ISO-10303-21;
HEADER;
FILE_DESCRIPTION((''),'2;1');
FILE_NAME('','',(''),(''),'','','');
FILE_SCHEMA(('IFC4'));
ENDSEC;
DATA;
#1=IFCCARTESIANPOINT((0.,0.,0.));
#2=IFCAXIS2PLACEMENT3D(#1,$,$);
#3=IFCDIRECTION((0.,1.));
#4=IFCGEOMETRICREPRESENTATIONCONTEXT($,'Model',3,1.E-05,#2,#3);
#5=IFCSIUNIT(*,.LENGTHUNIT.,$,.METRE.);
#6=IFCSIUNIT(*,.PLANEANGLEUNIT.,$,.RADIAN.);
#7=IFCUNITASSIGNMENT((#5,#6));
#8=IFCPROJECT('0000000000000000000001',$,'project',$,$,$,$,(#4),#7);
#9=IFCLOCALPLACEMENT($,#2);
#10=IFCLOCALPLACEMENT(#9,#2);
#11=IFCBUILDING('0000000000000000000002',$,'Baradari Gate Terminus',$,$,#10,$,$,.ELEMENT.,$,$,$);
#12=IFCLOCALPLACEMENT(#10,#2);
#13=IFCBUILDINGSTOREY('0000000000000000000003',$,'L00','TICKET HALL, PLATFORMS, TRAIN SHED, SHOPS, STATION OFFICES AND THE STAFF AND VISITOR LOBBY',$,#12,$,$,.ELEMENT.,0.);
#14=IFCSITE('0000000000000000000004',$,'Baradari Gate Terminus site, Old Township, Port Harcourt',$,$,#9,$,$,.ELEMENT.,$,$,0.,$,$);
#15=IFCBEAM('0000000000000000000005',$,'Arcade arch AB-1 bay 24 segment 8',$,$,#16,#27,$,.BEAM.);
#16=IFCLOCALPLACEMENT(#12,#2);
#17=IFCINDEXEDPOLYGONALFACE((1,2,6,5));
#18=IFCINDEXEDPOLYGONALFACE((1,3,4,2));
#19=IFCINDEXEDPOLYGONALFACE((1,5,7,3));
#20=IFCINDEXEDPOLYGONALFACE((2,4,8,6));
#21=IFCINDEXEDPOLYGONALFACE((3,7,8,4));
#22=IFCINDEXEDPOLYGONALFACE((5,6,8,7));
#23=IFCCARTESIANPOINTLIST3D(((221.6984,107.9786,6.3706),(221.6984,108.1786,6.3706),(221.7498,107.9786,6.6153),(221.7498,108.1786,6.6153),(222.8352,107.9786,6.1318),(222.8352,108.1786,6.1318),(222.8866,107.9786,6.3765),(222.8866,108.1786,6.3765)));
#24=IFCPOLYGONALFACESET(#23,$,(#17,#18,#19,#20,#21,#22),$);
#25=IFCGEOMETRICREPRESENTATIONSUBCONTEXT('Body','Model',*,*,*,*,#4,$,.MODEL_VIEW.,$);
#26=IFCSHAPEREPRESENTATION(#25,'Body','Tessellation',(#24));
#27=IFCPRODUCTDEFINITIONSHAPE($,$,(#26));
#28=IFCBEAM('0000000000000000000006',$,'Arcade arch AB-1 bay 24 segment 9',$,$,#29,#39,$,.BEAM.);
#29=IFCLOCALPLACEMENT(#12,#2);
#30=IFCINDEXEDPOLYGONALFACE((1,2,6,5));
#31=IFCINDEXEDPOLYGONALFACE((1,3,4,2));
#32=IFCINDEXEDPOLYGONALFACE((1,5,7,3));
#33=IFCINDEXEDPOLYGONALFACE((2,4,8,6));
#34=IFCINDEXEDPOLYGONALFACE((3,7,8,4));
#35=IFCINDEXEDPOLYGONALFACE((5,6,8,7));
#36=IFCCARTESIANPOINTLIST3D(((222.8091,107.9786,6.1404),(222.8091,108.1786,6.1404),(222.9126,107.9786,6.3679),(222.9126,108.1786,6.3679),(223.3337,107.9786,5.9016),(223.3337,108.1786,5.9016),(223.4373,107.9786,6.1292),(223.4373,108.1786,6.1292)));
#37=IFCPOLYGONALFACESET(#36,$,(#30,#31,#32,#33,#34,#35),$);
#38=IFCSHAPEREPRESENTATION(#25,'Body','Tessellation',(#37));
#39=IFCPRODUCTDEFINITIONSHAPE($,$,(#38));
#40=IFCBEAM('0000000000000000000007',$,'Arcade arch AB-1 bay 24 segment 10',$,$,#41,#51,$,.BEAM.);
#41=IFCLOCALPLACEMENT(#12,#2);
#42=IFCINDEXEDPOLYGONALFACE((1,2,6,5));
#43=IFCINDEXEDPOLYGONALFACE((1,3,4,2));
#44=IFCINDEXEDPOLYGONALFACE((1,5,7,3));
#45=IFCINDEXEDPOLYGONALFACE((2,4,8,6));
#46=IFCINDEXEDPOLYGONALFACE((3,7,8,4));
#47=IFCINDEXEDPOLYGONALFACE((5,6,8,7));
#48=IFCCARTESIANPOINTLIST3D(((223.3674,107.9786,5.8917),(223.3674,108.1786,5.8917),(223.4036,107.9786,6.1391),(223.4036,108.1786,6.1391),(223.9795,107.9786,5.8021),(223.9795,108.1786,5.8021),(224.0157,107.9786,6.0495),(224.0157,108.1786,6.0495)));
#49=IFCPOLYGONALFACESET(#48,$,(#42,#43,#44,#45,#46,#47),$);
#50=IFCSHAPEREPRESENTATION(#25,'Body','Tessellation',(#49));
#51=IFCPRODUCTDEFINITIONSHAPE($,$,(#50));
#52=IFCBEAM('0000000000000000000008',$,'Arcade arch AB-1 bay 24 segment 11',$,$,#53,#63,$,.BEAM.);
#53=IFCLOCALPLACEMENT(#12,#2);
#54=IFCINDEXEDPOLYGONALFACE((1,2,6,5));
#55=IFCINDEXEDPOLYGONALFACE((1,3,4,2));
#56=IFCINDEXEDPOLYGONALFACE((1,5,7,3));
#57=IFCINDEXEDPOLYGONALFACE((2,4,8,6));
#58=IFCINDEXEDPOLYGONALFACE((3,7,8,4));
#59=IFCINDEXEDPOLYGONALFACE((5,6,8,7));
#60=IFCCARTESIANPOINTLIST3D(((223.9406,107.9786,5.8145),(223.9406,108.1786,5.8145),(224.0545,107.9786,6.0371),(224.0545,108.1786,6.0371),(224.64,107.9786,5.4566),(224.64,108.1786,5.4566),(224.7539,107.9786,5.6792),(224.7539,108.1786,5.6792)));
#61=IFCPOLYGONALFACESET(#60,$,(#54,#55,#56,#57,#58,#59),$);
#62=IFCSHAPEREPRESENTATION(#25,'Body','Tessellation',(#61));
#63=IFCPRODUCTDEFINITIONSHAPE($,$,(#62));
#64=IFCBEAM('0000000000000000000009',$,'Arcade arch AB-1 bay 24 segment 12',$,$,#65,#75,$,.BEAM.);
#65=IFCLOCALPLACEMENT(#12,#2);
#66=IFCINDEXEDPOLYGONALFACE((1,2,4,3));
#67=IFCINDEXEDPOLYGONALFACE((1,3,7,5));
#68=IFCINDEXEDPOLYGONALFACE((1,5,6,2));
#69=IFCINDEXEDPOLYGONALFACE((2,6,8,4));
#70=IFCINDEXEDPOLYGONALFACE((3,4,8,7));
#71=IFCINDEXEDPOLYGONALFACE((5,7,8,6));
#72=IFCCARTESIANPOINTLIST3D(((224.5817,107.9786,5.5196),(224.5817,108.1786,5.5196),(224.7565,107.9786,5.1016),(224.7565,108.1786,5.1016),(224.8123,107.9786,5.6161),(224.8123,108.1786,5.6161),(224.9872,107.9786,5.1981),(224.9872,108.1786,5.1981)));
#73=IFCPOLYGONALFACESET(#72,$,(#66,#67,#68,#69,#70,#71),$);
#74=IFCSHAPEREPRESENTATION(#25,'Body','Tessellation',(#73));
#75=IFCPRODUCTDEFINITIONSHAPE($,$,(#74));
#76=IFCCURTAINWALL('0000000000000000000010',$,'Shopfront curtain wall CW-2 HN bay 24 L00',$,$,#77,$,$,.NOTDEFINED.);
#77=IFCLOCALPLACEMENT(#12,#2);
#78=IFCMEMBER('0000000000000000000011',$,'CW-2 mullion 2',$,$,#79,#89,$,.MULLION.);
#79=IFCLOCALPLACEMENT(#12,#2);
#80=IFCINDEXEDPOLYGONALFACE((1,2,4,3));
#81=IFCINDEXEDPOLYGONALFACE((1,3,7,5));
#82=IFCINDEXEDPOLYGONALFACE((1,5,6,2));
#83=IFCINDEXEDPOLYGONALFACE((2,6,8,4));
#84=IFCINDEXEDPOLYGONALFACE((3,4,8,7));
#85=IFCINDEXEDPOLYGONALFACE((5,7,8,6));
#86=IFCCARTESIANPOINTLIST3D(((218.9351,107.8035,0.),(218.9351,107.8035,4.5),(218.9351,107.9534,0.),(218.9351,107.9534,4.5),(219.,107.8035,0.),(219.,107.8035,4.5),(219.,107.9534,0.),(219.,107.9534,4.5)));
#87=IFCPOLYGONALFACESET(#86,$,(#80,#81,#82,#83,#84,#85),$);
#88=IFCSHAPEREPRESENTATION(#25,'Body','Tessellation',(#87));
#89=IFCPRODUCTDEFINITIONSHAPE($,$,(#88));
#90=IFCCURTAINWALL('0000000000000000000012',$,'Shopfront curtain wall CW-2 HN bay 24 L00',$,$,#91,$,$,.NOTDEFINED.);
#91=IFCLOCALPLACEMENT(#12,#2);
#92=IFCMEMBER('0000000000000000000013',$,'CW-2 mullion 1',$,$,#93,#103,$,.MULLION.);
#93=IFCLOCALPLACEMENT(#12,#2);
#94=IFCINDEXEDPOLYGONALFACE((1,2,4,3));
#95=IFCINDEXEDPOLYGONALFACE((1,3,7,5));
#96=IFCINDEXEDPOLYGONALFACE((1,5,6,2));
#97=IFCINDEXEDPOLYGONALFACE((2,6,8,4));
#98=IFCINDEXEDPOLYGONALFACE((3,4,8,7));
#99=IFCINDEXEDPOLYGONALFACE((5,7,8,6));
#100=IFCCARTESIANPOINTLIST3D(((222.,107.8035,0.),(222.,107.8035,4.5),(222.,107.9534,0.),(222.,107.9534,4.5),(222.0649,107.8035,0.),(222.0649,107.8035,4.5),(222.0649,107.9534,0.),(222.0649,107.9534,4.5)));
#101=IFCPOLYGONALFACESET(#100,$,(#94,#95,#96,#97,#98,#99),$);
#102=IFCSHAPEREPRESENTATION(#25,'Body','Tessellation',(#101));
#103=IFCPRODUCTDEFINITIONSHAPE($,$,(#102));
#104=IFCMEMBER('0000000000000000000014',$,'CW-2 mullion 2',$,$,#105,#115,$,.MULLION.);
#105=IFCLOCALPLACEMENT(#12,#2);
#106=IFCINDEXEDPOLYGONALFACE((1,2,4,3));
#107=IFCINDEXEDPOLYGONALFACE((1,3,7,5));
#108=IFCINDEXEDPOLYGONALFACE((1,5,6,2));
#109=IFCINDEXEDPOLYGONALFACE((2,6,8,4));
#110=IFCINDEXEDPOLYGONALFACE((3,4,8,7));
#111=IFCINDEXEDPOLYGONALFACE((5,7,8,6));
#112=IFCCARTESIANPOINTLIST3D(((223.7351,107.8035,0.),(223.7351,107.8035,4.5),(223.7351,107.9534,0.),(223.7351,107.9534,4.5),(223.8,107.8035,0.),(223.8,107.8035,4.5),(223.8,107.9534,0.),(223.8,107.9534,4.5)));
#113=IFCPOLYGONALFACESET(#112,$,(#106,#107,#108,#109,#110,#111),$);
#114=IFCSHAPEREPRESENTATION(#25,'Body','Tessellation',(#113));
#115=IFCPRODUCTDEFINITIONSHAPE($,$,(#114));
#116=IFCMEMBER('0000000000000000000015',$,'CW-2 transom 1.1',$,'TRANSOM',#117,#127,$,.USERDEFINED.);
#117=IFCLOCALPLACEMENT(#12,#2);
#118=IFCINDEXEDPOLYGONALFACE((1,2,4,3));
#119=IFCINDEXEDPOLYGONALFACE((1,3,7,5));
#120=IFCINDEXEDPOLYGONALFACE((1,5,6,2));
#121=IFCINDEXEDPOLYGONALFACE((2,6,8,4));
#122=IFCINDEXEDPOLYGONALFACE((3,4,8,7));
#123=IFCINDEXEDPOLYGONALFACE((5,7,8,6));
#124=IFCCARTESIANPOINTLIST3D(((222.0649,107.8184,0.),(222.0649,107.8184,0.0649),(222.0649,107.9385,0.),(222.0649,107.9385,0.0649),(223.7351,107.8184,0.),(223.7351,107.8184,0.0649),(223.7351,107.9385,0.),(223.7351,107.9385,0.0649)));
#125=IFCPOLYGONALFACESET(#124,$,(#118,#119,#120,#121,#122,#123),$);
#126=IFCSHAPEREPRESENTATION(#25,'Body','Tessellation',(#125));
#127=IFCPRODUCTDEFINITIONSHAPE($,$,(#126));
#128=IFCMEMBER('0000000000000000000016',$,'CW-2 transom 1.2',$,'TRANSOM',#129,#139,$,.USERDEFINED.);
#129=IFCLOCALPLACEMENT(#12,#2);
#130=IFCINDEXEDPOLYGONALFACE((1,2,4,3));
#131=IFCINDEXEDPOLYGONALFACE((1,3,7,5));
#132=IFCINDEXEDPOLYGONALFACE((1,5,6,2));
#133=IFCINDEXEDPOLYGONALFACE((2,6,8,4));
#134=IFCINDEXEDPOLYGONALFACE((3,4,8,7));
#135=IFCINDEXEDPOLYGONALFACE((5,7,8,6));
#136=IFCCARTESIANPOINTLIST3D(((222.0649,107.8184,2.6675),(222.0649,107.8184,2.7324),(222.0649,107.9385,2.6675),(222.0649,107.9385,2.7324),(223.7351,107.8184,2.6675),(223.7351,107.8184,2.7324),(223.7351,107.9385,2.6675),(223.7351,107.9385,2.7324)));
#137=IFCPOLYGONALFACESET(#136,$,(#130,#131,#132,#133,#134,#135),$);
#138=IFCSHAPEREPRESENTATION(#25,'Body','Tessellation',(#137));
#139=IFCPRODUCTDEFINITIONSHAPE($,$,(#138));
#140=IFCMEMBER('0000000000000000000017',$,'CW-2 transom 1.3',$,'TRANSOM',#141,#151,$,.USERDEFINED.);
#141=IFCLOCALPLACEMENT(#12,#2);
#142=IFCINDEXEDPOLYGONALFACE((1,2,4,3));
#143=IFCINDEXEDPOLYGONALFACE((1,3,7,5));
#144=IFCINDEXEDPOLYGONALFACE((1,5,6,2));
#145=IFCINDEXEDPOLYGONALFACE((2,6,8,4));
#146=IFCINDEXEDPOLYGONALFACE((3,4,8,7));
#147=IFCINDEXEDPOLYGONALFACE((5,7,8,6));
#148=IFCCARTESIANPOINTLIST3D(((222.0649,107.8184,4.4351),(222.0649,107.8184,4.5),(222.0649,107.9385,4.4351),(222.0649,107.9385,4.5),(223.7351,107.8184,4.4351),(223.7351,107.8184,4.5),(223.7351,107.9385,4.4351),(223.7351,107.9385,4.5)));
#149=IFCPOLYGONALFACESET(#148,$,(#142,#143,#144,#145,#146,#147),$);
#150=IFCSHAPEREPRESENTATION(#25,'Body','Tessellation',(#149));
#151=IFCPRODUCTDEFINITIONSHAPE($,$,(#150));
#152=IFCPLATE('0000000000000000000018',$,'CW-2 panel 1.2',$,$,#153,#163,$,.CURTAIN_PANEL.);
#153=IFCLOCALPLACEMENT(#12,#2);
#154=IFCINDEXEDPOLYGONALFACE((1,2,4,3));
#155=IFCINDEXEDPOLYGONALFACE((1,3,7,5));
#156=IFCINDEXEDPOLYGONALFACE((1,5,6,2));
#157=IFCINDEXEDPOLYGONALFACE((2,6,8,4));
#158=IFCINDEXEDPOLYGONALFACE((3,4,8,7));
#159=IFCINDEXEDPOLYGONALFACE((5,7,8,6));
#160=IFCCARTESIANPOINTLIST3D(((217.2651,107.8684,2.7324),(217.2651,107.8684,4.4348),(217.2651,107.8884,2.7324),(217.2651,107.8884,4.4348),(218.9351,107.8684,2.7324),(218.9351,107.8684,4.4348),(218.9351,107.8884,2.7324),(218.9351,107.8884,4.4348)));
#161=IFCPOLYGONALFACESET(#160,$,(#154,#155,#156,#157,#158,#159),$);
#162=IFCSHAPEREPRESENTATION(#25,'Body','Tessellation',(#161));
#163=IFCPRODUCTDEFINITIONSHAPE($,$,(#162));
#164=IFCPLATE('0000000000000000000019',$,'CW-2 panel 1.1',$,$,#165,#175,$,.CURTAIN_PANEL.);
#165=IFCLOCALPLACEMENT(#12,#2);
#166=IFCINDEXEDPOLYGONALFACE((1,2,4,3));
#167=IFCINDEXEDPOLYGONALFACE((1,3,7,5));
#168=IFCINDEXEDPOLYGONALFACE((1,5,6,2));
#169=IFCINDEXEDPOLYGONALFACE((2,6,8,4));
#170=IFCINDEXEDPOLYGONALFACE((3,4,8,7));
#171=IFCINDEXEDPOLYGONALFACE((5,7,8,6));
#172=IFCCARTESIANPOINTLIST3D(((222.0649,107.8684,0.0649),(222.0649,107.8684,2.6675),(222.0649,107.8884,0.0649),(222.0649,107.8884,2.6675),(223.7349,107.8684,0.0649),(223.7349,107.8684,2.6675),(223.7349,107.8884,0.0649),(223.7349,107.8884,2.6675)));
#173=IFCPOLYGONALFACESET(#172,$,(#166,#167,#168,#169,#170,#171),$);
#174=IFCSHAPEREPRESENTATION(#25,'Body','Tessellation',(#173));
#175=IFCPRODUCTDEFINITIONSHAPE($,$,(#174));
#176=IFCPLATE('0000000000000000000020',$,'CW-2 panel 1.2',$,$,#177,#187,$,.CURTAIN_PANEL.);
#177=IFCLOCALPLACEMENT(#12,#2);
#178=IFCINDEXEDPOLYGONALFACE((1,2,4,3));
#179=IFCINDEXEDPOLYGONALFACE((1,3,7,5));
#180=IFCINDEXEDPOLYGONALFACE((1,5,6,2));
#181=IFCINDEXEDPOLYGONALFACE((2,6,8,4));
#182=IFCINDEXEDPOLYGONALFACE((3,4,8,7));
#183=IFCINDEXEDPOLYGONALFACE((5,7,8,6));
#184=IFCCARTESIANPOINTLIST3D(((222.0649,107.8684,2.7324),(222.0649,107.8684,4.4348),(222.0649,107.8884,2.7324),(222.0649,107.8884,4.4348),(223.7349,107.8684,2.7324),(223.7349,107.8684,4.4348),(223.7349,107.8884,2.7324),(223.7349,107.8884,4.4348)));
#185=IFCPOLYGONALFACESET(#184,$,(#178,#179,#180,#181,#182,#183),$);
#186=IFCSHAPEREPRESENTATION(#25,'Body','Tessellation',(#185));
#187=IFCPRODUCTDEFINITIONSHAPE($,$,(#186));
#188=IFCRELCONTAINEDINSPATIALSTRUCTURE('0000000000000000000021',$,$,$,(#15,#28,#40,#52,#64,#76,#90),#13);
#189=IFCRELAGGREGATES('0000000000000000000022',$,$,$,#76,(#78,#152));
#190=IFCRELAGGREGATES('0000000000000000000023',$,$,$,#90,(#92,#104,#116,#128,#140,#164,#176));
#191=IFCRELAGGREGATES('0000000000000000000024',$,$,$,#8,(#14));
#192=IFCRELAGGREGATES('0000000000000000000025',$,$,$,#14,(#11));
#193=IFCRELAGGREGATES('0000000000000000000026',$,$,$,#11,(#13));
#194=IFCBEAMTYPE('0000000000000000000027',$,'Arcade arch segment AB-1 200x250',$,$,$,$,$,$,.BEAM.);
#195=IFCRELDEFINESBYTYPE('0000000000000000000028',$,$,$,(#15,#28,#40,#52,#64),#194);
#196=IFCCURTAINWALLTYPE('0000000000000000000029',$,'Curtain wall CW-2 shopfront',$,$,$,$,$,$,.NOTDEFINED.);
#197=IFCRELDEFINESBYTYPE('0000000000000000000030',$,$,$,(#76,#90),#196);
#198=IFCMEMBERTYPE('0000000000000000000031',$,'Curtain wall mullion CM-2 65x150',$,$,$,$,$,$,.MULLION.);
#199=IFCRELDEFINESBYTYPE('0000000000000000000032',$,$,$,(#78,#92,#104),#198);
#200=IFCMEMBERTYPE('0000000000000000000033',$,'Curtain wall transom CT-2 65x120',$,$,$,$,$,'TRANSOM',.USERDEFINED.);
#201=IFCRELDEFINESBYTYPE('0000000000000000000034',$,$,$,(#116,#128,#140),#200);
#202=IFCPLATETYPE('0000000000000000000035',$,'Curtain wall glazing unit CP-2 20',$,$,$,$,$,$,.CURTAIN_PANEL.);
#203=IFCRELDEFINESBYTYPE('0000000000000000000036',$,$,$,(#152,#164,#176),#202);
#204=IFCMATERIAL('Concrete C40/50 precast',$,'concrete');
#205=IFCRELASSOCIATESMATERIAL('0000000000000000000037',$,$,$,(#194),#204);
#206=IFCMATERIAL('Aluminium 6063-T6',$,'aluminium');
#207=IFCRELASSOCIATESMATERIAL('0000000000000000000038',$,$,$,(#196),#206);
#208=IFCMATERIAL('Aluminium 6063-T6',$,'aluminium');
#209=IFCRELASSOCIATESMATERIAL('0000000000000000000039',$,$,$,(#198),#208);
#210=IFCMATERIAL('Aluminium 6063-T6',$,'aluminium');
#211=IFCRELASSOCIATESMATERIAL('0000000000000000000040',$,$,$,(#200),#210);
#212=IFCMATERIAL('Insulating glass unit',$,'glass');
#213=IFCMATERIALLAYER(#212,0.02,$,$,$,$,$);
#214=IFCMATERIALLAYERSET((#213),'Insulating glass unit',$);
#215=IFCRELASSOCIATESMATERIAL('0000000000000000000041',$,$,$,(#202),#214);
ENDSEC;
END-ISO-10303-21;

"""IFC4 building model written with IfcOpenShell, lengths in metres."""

from ifc_helpers import new_model, si_unit, direction, frame, origin, origin_2d, place, context, subcontext, project, spatial, rectangle, extrude, material, layer, layer_set, material_profile, profile_set, type_object, element, aggregate, save


model = new_model("IFC4")

# Units and contexts
model_context = context("Model", 3, precision=1e-05, world=origin(), true_north=direction((0.0, 1.0)))
body_context = subcontext(model_context, "Body", "Model", "MODEL_VIEW")
ifc_project = project(units=[si_unit("LENGTHUNIT", "METRE"), si_unit("PLANEANGLEUNIT", "RADIAN")], contexts=[model_context])

# Site, building, storey
site_placement = place(None, origin())
site = spatial("IfcSite", under=ifc_project, at=site_placement, Name="Baradari Gate Terminus site, Old Township, Port Harcourt", CompositionType="ELEMENT", RefElevation=0.0)
building_placement = place(site_placement, origin())
building = spatial("IfcBuilding", under=site, at=building_placement, Name="Baradari Gate Terminus", CompositionType="ELEMENT")
storey_placement = place(building_placement, origin())
storey = spatial("IfcBuildingStorey", under=building, at=storey_placement, Name="L00", Description="TICKET HALL, PLATFORMS, TRAIN SHED, SHOPS, STATION OFFICES AND THE STAFF AND VISITOR LOBBY", CompositionType="ELEMENT", Elevation=0.0)

# Beams
ifc_material_1 = material(Name="Concrete C40/50 precast", Category="concrete")
ifc_material_profile_1 = material_profile(ifc_material_1, rectangle(XDim=0.2, YDim=0.25, at=origin_2d()), Name="AB-1 200X250")
ifc_profile_set_1 = profile_set([ifc_material_profile_1], Name="Concrete C40/50 precast")
beam_type = type_object("IfcBeamType", Name="Arcade arch segment AB-1 200x250", PredefinedType="BEAM", material=ifc_profile_set_1)
beam_1_placement = place(storey_placement, frame((221.7241, 108.0786, 6.4929), z_axis=(0.978643, 0.0, -0.205566), x_axis=(0.0, 1.0, 0.0)))
element("IfcBeam", 1, at=beam_1_placement, inside=storey, type_object=beam_type, Name="Arcade arch AB-1 bay 24 segment 8", PredefinedType="BEAM", context=body_context, shape_type="SweptSolid", body=[
    extrude(rectangle(XDim=0.2, YDim=0.25, at=origin_2d()), origin(), (0.0, 0.0, 1.0), 1.1616),
])
beam_2_placement = place(storey_placement, frame((222.8608, 108.0786, 6.2542), z_axis=(0.910178, 0.0, -0.414218), x_axis=(0.0, 1.0, 0.0)))
element("IfcBeam", 2, at=beam_2_placement, inside=storey, type_object=beam_type, Name="Arcade arch AB-1 bay 24 segment 9", PredefinedType="BEAM", context=body_context, shape_type="SweptSolid", body=[
    extrude(rectangle(XDim=0.2, YDim=0.25, at=origin_2d()), origin(), (0.0, 0.0, 1.0), 0.5764),
])
beam_3_placement = place(storey_placement, frame((223.3855, 108.0786, 6.0154), z_axis=(0.989454, 0.0, -0.144846), x_axis=(0.0, 1.0, 0.0)))
element("IfcBeam", 3, at=beam_3_placement, inside=storey, type_object=beam_type, Name="Arcade arch AB-1 bay 24 segment 10", PredefinedType="BEAM", context=body_context, shape_type="SweptSolid", body=[
    extrude(rectangle(XDim=0.2, YDim=0.25, at=origin_2d()), origin(), (0.0, 0.0, 1.0), 0.6187),
])
beam_4_placement = place(storey_placement, frame((223.9976, 108.0786, 5.9258), z_axis=(0.890225, 0.0, -0.455522), x_axis=(0.0, 1.0, 0.0)))
element("IfcBeam", 4, at=beam_4_placement, inside=storey, type_object=beam_type, Name="Arcade arch AB-1 bay 24 segment 11", PredefinedType="BEAM", context=body_context, shape_type="SweptSolid", body=[
    extrude(rectangle(XDim=0.2, YDim=0.25, at=origin_2d()), origin(), (0.0, 0.0, 1.0), 0.7856),
])
beam_5_placement = place(storey_placement, frame((224.697, 108.0786, 5.5679), z_axis=(0.385839, 0.0, -0.922566), x_axis=(0.0, 1.0, 0.0)))
element("IfcBeam", 5, at=beam_5_placement, inside=storey, type_object=beam_type, Name="Arcade arch AB-1 bay 24 segment 12", PredefinedType="BEAM", context=body_context, shape_type="SweptSolid", body=[
    extrude(rectangle(XDim=0.2, YDim=0.25, at=origin_2d()), origin(), (0.0, 0.0, 1.0), 0.4531),
])

# Curtain wall, member
ifc_material_2 = material(Name="Aluminium 6063-T6", Category="aluminium")
curtain_wall_type = type_object("IfcCurtainWallType", Name="Curtain wall CW-2 shopfront", PredefinedType="NOTDEFINED", material=ifc_material_2)
curtain_wall_1_placement = place(storey_placement, origin())
curtain_wall_1 = element("IfcCurtainWall", 6, at=curtain_wall_1_placement, inside=storey, type_object=curtain_wall_type, Name="Shopfront curtain wall CW-2 HN bay 24 L00", PredefinedType="NOTDEFINED")
ifc_material_3 = material(Name="Aluminium 6063-T6", Category="aluminium")
ifc_material_profile_2 = material_profile(ifc_material_3, rectangle(XDim=0.1499, YDim=0.0649, at=origin_2d()), Name="CM-2 65X150")
ifc_profile_set_2 = profile_set([ifc_material_profile_2], Name="Aluminium 6063-T6")
member_type_1 = type_object("IfcMemberType", Name="Curtain wall mullion CM-2 65x150", PredefinedType="MULLION", material=ifc_profile_set_2)
member_1_placement = place(storey_placement, frame((218.9675, 107.8784, 0.0), z_axis=(0.0, 0.0, 1.0), x_axis=(0.0, 1.0, 0.0)))
member_1 = element("IfcMember", 7, at=member_1_placement, type_object=member_type_1, Name="CW-2 mullion 2", PredefinedType="MULLION", context=body_context, shape_type="SweptSolid", body=[
    extrude(rectangle(XDim=0.1499, YDim=0.0649, at=origin_2d()), origin(), (0.0, 0.0, 1.0), 4.5),
])

# Curtain wall, members
curtain_wall_2_placement = place(storey_placement, origin())
curtain_wall_2 = element("IfcCurtainWall", 8, at=curtain_wall_2_placement, inside=storey, type_object=curtain_wall_type, Name="Shopfront curtain wall CW-2 HN bay 24 L00", PredefinedType="NOTDEFINED")
member_2_placement = place(storey_placement, frame((222.0325, 107.8784, 0.0), z_axis=(0.0, 0.0, 1.0), x_axis=(0.0, 1.0, 0.0)))
member_2 = element("IfcMember", 9, at=member_2_placement, type_object=member_type_1, Name="CW-2 mullion 1", PredefinedType="MULLION", context=body_context, shape_type="SweptSolid", body=[
    extrude(rectangle(XDim=0.1499, YDim=0.0649, at=origin_2d()), origin(), (0.0, 0.0, 1.0), 4.5),
])
member_3_placement = place(storey_placement, frame((223.7676, 107.8784, 0.0), z_axis=(0.0, 0.0, 1.0), x_axis=(0.0, 1.0, 0.0)))
member_3 = element("IfcMember", 10, at=member_3_placement, type_object=member_type_1, Name="CW-2 mullion 2", PredefinedType="MULLION", context=body_context, shape_type="SweptSolid", body=[
    extrude(rectangle(XDim=0.1499, YDim=0.0649, at=origin_2d()), origin(), (0.0, 0.0, 1.0), 4.5),
])
ifc_material_4 = material(Name="Aluminium 6063-T6", Category="aluminium")
ifc_material_profile_3 = material_profile(ifc_material_4, rectangle(XDim=0.1201, YDim=0.0649, at=origin_2d()), Name="CT-2 65X120")
ifc_profile_set_3 = profile_set([ifc_material_profile_3], Name="Aluminium 6063-T6")
member_type_2 = type_object("IfcMemberType", Name="Curtain wall transom CT-2 65x120", ElementType="TRANSOM", PredefinedType="USERDEFINED", material=ifc_profile_set_3)
member_4_placement = place(storey_placement, frame((222.0649, 107.8784, 0.0325), z_axis=(1.0, 0.0, 0.0), x_axis=(0.0, 1.0, 0.0)))
member_4 = element("IfcMember", 11, at=member_4_placement, type_object=member_type_2, Name="CW-2 transom 1.1", ObjectType="TRANSOM", PredefinedType="USERDEFINED", context=body_context, shape_type="SweptSolid", body=[
    extrude(rectangle(XDim=0.1201, YDim=0.0649, at=origin_2d()), origin(), (0.0, 0.0, 1.0), 1.6702),
])
member_5_placement = place(storey_placement, frame((222.0649, 107.8784, 2.7), z_axis=(1.0, 0.0, 0.0), x_axis=(0.0, 1.0, 0.0)))
member_5 = element("IfcMember", 12, at=member_5_placement, type_object=member_type_2, Name="CW-2 transom 1.2", ObjectType="TRANSOM", PredefinedType="USERDEFINED", context=body_context, shape_type="SweptSolid", body=[
    extrude(rectangle(XDim=0.1201, YDim=0.0649, at=origin_2d()), origin(), (0.0, 0.0, 1.0), 1.6702),
])
member_6_placement = place(storey_placement, frame((222.0649, 107.8784, 4.4675), z_axis=(1.0, 0.0, 0.0), x_axis=(0.0, 1.0, 0.0)))
member_6 = element("IfcMember", 13, at=member_6_placement, type_object=member_type_2, Name="CW-2 transom 1.3", ObjectType="TRANSOM", PredefinedType="USERDEFINED", context=body_context, shape_type="SweptSolid", body=[
    extrude(rectangle(XDim=0.1201, YDim=0.0649, at=origin_2d()), origin(), (0.0, 0.0, 1.0), 1.6702),
])

# Plates
ifc_material_5 = material(Name="Insulating glass unit", Category="glass")
ifc_layer_1 = layer(ifc_material_5, 0.02)
ifc_layer_set_1 = layer_set([ifc_layer_1], Name="Insulating glass unit")
plate_type = type_object("IfcPlateType", Name="Curtain wall glazing unit CP-2 20", PredefinedType="CURTAIN_PANEL", material=ifc_layer_set_1)
plate_1_placement = place(storey_placement, frame((218.1001, 107.8784, 2.7324), z_axis=(0.0, 0.0, 1.0), x_axis=(1.0, 0.0, 0.0)))
plate_1 = element("IfcPlate", 14, at=plate_1_placement, type_object=plate_type, Name="CW-2 panel 1.2", PredefinedType="CURTAIN_PANEL", context=body_context, shape_type="SweptSolid", body=[
    extrude(rectangle(XDim=1.6699, YDim=0.02, at=origin_2d()), origin(), (0.0, 0.0, 1.0), 1.7024),
])
aggregate(curtain_wall_1, [member_1, plate_1])
plate_2_placement = place(storey_placement, frame((222.8999, 107.8784, 0.0649), z_axis=(0.0, 0.0, 1.0), x_axis=(1.0, 0.0, 0.0)))
plate_2 = element("IfcPlate", 15, at=plate_2_placement, type_object=plate_type, Name="CW-2 panel 1.1", PredefinedType="CURTAIN_PANEL", context=body_context, shape_type="SweptSolid", body=[
    extrude(rectangle(XDim=1.6699, YDim=0.02, at=origin_2d()), origin(), (0.0, 0.0, 1.0), 2.6025),
])
plate_3_placement = place(storey_placement, frame((222.8999, 107.8784, 2.7324), z_axis=(0.0, 0.0, 1.0), x_axis=(1.0, 0.0, 0.0)))
plate_3 = element("IfcPlate", 16, at=plate_3_placement, type_object=plate_type, Name="CW-2 panel 1.2", PredefinedType="CURTAIN_PANEL", context=body_context, shape_type="SweptSolid", body=[
    extrude(rectangle(XDim=1.6699, YDim=0.02, at=origin_2d()), origin(), (0.0, 0.0, 1.0), 1.7024),
])
aggregate(curtain_wall_2, [member_2, member_3, member_4, member_5, member_6, plate_2, plate_3])

save(model, "model.ifc")
